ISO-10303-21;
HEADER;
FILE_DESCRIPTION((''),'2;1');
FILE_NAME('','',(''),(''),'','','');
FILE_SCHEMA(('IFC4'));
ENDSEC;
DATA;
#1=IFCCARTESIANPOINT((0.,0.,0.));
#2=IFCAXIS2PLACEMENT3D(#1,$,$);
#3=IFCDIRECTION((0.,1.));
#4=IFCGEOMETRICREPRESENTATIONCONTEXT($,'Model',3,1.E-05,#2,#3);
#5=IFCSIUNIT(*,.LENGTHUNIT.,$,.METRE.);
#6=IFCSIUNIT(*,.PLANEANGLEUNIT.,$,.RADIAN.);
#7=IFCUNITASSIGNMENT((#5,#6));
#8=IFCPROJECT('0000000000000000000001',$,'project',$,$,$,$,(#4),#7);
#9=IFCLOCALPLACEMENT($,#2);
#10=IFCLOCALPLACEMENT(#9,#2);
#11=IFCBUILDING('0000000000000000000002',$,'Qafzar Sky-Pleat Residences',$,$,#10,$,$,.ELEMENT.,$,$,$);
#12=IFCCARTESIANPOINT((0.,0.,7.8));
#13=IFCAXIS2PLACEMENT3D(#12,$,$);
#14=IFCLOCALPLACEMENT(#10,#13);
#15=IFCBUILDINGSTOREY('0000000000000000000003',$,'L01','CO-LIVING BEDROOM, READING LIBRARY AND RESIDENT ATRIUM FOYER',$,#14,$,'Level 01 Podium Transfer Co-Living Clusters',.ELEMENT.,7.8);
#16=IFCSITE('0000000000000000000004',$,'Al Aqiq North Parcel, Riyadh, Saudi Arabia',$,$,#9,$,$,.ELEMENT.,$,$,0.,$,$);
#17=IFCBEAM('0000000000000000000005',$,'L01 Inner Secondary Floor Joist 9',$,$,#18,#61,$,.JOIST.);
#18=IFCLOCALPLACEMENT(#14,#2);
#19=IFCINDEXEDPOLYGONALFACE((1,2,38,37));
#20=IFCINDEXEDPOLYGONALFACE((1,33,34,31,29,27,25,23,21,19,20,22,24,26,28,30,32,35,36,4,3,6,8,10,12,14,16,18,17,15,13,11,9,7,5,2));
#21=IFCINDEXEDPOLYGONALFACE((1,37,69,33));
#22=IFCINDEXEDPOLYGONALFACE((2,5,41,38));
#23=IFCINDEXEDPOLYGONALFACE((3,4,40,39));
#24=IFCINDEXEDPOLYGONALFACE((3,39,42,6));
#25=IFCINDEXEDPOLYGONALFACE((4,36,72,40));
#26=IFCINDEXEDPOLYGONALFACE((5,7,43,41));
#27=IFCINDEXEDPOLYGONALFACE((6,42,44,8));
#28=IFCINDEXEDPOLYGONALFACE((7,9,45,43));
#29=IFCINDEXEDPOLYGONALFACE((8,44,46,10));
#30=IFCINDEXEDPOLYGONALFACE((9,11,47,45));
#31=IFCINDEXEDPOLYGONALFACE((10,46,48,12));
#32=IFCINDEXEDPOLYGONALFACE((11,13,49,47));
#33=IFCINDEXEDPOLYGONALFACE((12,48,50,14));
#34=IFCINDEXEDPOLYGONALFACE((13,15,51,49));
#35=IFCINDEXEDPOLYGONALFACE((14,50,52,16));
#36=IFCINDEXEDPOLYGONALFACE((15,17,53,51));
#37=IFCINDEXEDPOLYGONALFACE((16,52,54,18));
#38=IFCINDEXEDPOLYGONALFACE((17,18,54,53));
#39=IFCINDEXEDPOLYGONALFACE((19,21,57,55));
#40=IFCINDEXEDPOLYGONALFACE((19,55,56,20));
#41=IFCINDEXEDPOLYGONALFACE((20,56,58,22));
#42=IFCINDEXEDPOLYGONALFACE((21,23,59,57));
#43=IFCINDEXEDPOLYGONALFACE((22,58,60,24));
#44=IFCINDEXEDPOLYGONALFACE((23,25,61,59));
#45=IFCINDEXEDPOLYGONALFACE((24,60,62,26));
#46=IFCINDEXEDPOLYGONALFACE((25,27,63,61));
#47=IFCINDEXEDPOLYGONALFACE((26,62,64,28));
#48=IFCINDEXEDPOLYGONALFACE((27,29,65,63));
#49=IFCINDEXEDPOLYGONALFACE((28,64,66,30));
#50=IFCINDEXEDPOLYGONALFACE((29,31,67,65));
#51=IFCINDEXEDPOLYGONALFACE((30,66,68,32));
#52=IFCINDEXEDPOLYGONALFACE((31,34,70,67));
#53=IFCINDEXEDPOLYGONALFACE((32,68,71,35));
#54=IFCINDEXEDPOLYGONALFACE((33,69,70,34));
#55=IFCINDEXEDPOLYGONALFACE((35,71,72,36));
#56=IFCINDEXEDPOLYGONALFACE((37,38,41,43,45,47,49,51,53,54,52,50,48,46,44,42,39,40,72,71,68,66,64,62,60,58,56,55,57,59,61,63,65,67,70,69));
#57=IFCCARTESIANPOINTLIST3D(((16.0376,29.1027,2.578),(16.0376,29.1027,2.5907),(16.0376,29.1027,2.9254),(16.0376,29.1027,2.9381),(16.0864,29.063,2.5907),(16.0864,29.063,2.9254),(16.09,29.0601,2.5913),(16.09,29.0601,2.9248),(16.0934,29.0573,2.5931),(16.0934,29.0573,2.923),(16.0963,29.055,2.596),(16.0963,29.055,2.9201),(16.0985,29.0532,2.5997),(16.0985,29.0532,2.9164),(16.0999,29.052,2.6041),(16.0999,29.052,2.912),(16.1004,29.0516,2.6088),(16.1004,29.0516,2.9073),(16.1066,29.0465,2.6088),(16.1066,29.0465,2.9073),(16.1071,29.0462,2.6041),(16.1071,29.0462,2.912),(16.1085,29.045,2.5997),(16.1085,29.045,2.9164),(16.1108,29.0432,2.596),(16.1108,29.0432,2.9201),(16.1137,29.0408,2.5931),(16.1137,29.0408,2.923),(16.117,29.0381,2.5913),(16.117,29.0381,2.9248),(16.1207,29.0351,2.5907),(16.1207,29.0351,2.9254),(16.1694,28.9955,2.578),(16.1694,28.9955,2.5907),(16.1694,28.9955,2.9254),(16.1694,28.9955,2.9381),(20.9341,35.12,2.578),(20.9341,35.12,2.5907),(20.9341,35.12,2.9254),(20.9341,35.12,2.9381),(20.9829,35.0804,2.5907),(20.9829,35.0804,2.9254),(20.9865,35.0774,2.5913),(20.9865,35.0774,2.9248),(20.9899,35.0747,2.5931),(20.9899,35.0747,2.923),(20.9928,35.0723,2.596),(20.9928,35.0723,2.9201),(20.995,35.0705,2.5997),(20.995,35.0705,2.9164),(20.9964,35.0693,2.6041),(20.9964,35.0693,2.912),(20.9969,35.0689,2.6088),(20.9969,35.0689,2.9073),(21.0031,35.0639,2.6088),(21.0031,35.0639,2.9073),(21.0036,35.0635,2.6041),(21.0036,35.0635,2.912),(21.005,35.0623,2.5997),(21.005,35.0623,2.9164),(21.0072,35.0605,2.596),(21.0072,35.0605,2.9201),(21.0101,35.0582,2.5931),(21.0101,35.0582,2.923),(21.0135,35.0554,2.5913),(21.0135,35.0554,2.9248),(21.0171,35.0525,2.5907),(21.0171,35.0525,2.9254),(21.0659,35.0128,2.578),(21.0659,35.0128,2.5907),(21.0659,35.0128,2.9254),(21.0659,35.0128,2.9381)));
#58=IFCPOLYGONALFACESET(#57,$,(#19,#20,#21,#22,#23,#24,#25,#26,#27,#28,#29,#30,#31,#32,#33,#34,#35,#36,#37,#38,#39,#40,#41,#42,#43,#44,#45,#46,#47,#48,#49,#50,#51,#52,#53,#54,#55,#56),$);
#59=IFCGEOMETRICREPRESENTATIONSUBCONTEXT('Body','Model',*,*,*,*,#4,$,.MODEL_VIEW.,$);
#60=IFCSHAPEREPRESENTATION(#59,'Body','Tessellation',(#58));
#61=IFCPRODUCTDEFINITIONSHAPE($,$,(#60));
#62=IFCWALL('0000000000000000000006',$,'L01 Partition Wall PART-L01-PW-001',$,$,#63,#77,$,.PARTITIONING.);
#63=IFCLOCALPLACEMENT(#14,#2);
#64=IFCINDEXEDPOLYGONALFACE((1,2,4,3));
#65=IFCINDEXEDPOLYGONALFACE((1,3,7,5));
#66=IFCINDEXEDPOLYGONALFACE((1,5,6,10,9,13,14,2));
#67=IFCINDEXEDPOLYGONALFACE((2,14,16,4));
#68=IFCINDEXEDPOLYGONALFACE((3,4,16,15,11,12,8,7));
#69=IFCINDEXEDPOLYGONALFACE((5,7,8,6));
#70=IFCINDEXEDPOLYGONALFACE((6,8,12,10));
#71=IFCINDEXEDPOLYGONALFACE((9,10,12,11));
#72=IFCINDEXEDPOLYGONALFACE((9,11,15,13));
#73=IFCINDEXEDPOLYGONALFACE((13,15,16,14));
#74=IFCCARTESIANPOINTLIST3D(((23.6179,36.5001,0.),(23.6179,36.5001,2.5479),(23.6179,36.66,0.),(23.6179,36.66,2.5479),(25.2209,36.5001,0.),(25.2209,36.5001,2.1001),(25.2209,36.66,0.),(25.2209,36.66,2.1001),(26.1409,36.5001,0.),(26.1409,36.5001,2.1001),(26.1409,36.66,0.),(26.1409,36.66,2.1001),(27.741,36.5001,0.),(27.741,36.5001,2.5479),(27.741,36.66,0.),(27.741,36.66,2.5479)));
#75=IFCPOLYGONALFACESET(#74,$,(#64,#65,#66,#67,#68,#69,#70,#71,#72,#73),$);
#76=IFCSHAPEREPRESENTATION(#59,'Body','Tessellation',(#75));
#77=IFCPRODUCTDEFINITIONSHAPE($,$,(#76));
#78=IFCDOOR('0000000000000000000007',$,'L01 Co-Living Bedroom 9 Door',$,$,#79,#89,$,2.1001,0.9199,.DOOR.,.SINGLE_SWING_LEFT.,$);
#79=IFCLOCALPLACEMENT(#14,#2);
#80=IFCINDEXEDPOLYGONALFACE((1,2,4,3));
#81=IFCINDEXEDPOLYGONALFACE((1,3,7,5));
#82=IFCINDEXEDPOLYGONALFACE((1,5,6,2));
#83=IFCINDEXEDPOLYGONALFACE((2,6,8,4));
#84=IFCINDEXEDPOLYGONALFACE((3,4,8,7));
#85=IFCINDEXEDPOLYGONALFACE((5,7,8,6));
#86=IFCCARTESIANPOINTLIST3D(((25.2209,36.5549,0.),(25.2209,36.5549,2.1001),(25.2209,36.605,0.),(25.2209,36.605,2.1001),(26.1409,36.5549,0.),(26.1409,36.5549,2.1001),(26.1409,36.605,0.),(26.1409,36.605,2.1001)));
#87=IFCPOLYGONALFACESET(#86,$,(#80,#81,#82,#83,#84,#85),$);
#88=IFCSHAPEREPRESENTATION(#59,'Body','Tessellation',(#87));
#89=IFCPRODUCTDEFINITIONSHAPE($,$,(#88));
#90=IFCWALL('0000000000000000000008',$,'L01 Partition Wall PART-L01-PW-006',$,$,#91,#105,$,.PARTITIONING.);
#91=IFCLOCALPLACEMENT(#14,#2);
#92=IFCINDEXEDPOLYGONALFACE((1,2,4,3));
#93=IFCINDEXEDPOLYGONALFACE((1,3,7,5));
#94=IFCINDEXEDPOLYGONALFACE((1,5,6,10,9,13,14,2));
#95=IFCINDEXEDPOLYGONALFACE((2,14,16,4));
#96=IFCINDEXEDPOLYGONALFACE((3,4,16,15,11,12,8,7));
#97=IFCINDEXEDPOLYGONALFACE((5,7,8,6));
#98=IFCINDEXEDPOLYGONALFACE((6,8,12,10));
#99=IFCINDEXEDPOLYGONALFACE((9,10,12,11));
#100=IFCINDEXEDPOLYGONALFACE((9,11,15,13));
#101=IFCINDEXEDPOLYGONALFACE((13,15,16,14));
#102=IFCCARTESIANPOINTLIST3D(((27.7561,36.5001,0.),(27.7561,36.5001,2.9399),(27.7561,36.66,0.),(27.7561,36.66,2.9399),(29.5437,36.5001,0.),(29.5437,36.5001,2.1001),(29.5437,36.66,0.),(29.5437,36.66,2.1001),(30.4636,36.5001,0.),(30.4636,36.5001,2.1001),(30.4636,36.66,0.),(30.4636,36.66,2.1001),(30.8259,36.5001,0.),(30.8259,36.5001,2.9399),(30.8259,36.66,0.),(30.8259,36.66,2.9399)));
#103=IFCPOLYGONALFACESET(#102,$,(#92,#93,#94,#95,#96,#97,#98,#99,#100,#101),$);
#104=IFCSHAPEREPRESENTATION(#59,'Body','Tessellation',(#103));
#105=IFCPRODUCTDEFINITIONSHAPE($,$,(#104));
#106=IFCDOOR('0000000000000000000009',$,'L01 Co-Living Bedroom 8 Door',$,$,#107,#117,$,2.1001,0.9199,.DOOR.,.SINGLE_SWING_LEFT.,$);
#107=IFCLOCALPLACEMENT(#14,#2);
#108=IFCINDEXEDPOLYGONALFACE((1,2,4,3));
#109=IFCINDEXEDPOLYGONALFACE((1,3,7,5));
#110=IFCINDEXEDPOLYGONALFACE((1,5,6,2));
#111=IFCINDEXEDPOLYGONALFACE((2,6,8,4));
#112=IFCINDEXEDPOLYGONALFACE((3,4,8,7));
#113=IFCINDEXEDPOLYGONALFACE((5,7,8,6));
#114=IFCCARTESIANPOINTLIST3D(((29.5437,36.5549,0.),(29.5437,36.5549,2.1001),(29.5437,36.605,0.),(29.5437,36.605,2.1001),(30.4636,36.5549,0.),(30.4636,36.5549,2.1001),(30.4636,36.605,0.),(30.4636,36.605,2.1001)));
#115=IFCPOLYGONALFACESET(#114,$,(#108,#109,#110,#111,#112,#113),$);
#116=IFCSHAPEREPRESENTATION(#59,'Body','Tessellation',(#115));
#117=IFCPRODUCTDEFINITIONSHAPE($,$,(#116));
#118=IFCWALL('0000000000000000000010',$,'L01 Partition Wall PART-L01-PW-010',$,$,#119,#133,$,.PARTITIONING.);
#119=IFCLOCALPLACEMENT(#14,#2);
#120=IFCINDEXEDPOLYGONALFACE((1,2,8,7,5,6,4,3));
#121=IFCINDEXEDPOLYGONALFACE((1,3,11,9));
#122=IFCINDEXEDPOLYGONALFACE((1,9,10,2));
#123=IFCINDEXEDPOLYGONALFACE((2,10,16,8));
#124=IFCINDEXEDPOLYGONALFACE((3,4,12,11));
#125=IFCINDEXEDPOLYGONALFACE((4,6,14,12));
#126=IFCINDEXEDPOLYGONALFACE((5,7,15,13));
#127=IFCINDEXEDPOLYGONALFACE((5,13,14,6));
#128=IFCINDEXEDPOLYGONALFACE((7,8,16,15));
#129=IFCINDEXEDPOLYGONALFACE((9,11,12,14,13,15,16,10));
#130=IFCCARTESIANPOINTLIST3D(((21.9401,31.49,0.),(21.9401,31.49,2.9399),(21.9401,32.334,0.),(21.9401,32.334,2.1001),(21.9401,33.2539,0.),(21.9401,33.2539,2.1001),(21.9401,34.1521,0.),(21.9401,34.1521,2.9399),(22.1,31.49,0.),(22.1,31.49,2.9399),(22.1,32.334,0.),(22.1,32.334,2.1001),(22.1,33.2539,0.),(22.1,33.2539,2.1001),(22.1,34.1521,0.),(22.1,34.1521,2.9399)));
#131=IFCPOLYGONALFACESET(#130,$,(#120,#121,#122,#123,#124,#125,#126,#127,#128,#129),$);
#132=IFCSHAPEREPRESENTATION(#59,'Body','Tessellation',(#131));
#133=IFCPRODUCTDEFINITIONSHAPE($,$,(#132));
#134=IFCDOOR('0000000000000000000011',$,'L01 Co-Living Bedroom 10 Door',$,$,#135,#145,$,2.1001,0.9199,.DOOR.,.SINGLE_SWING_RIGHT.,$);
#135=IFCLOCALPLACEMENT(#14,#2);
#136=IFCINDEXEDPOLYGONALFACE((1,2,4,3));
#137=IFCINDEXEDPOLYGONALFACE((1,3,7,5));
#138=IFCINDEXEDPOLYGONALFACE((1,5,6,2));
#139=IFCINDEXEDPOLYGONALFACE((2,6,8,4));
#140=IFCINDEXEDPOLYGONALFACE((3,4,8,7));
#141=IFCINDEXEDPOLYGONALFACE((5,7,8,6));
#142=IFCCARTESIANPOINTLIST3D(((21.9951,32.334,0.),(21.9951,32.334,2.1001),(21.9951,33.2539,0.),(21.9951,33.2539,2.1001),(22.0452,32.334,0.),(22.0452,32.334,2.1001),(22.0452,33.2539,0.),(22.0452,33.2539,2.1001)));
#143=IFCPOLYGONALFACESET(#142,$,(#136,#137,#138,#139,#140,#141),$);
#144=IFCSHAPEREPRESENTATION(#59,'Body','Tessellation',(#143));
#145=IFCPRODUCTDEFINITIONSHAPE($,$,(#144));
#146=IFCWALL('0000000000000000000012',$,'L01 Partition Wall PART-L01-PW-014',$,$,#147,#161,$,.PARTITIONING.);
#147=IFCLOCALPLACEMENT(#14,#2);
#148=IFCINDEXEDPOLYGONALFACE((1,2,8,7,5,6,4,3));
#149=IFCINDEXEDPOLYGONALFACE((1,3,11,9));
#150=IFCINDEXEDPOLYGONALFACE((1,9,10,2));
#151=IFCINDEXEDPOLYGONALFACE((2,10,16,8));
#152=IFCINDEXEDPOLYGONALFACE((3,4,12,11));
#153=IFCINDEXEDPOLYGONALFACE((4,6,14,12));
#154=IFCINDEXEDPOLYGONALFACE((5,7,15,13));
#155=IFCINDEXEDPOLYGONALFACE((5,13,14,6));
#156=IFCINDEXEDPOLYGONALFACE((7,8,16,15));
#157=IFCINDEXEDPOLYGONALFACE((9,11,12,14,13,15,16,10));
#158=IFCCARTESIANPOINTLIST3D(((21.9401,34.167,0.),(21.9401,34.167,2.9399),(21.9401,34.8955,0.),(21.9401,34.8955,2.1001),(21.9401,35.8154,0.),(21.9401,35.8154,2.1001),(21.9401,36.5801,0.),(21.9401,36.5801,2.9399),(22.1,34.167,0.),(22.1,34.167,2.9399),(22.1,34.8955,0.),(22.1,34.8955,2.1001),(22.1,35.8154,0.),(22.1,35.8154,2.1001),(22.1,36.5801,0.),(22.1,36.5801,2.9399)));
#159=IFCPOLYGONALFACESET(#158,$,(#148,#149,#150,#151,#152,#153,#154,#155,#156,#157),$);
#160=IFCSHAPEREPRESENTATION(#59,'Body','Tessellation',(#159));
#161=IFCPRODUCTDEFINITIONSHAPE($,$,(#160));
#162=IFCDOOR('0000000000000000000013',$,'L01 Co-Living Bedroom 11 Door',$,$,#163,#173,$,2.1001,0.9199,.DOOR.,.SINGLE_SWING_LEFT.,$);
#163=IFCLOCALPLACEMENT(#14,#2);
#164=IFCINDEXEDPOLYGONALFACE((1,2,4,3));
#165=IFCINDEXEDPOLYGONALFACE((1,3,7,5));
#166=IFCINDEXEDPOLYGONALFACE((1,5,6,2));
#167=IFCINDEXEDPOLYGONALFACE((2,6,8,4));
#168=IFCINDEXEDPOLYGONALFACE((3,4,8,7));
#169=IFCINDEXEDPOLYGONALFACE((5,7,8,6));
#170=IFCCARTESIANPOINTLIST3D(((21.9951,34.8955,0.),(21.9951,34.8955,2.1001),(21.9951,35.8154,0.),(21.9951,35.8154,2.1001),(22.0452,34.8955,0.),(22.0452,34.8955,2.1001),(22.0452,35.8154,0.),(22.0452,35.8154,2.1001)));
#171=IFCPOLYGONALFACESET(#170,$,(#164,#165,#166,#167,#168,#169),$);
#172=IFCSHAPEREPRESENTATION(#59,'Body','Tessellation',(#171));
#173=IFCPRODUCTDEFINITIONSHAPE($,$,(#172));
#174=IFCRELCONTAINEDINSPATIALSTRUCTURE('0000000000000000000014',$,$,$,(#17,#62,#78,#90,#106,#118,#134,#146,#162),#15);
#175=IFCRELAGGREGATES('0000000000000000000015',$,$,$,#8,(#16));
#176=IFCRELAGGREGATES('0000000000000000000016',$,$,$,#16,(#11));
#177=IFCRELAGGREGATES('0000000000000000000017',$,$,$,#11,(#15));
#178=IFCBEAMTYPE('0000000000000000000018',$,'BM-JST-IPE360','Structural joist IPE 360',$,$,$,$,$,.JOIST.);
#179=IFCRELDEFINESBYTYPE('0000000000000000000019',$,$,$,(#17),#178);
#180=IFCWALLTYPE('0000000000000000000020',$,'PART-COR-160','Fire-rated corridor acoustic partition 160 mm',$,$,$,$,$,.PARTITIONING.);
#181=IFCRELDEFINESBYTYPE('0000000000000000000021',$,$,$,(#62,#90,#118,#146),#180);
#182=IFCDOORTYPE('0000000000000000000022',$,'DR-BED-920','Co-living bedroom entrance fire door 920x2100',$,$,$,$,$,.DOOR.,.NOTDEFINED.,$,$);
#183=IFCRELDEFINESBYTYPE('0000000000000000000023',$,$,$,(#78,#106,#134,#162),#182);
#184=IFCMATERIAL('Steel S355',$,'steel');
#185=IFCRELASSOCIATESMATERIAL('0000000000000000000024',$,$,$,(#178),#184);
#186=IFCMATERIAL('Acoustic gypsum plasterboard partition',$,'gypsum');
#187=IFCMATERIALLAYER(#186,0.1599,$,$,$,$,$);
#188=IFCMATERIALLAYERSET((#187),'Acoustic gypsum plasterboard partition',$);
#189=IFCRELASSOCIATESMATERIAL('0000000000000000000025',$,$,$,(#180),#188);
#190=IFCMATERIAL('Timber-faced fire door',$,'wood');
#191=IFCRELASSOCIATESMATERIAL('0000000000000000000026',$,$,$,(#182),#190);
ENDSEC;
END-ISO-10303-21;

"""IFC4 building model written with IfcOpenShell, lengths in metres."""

from ifc_helpers import new_model, si_unit, direction, frame, frame_2d, origin, origin_2d, place, context, subcontext, project, spatial, rectangle, i_section, extrude, source, transform, mapped, material, layer, layer_set, material_profile, profile_set, type_object, element, fill, save


model = new_model("IFC4")

# Units and contexts
model_context = context("Model", 3, precision=1e-05, world=origin(), true_north=direction((0.0, 1.0)))
body_context = subcontext(model_context, "Body", "Model", "MODEL_VIEW")
ifc_project = project(units=[si_unit("LENGTHUNIT", "METRE"), si_unit("PLANEANGLEUNIT", "RADIAN")], contexts=[model_context])

# Site, building, storey
site_placement = place(None, origin())
site = spatial("IfcSite", under=ifc_project, at=site_placement, Name="Al Aqiq North Parcel, Riyadh, Saudi Arabia", CompositionType="ELEMENT", RefElevation=0.0)
building_placement = place(site_placement, origin())
building = spatial("IfcBuilding", under=site, at=building_placement, Name="Qafzar Sky-Pleat Residences", CompositionType="ELEMENT")
storey_placement = place(building_placement, frame((0.0, 0.0, 7.8)))
storey = spatial("IfcBuildingStorey", under=building, at=storey_placement, Name="L01", Description="CO-LIVING BEDROOM, READING LIBRARY AND RESIDENT ATRIUM FOYER", LongName="Level 01 Podium Transfer Co-Living Clusters", CompositionType="ELEMENT", Elevation=7.8)

# Beam
ifc_material_1 = material(Name="Steel S355", Category="steel")
ifc_material_profile = material_profile(ifc_material_1, i_section(OverallWidth=0.1699, OverallDepth=0.3601, WebThickness=0.0081, FlangeThickness=0.0127, FilletRadius=0.0181, at=origin_2d()), Name="IPE 360")
ifc_profile_set = profile_set([ifc_material_profile], Name="Steel S355")
beam_type = type_object("IfcBeamType", Name="BM-JST-IPE360", Description="Structural joist IPE 360", PredefinedType="JOIST", material=ifc_profile_set)
shared_shape_1 = source(origin(), body_context, "Body", "SweptSolid", [
    extrude(i_section(OverallWidth=0.1699, OverallDepth=0.3601, WebThickness=0.0081, FlangeThickness=0.0127, FilletRadius=0.0181, at=origin_2d()), origin(), (0.0, 0.0, 1.0), 7.7578),
])
beam_placement = place(storey_placement, frame((21.0, 35.0664, 2.7581), z_axis=(-0.631167, -0.775647, 0.0), x_axis=(0.775647, -0.631167, 0.0)))
element("IfcBeam", 1, at=beam_placement, inside=storey, type_object=beam_type, Name="L01 Inner Secondary Floor Joist 9", PredefinedType="JOIST", context=body_context, shape_type="MappedRepresentation", body=[
    mapped(shared_shape_1, transform((0.0, 0.0, 0.0), x_axis=(1.0, 0.0, 0.0), y_axis=(0.0, 1.0, 0.0), z_axis=(0.0, 0.0, 1.0), scale=1.0)),
])

# Walls, openings, doors
ifc_material_2 = material(Name="Acoustic gypsum plasterboard partition", Category="gypsum")
ifc_layer_1 = layer(ifc_material_2, 0.1599)
ifc_layer_set_1 = layer_set([ifc_layer_1], Name="Acoustic gypsum plasterboard partition")
wall_type_1 = type_object("IfcWallType", Name="PART-COR-160", Description="Fire-rated corridor acoustic partition 160 mm", PredefinedType="PARTITIONING", material=ifc_layer_set_1)
wall_1_placement = place(storey_placement, frame((23.6179, 36.5801, 0.0), z_axis=(0.0, 0.0, 1.0), x_axis=(1.0, 0.0, 0.0)))
wall_1 = element("IfcWall", 2, at=wall_1_placement, inside=storey, type_object=wall_type_1, Name="L01 Partition Wall PART-L01-PW-001", PredefinedType="PARTITIONING", context=body_context, shape_type="SweptSolid", body=[
    extrude(rectangle(XDim=4.123, YDim=0.1599, at=frame_2d((2.0615, 0.0))), origin(), (0.0, 0.0, 1.0), 2.5479),
])
opening_1_placement = place(wall_1_placement, frame((1.603, 0.0, 0.0)))
opening_1 = element("IfcOpeningElement", 3, at=opening_1_placement, cuts=wall_1, PredefinedType="OPENING", context=body_context, shape_type="SweptSolid", body=[
    extrude(rectangle(XDim=0.9199, YDim=2.1001, at=frame_2d((0.46, 1.05))), frame((0.0, 0.0898, 0.0), z_axis=(0.0, -1.0, 0.0), x_axis=(1.0, 0.0, 0.0)), (0.0, 0.0, 1.0), 0.1799),
])
ifc_material_3 = material(Name="Timber-faced fire door", Category="wood")
door_type_1 = type_object("IfcDoorType", Name="DR-BED-920", Description="Co-living bedroom entrance fire door 920x2100", OperationType="NOTDEFINED", PredefinedType="DOOR", material=ifc_material_3)
shared_shape_2 = source(origin(), body_context, "Body", "SweptSolid", [
    extrude(rectangle(XDim=0.9199, YDim=2.1001, at=frame_2d((0.46, 1.05))), frame((0.0, 0.0249, 0.0), z_axis=(0.0, -1.0, 0.0), x_axis=(1.0, 0.0, 0.0)), (0.0, 0.0, 1.0), 0.05),
])
door_1_placement = place(opening_1_placement, origin())
door_1 = element("IfcDoor", 4, at=door_1_placement, inside=storey, type_object=door_type_1, Name="L01 Co-Living Bedroom 9 Door", OperationType="SINGLE_SWING_LEFT", OverallHeight=2.1001, OverallWidth=0.9199, PredefinedType="DOOR", context=body_context, shape_type="MappedRepresentation", body=[
    mapped(shared_shape_2, transform((0.0, 0.0, 0.0), x_axis=(1.0, 0.0, 0.0), y_axis=(0.0, 1.0, 0.0), z_axis=(0.0, 0.0, 1.0), scale=1.0)),
])
fill(opening_1, door_1)
wall_2_placement = place(storey_placement, frame((27.7561, 36.5801, 0.0), z_axis=(0.0, 0.0, 1.0), x_axis=(1.0, 0.0, 0.0)))
wall_2 = element("IfcWall", 5, at=wall_2_placement, inside=storey, type_object=wall_type_1, Name="L01 Partition Wall PART-L01-PW-006", PredefinedType="PARTITIONING", context=body_context, shape_type="SweptSolid", body=[
    extrude(rectangle(XDim=3.0698, YDim=0.1599, at=frame_2d((1.5349, 0.0))), origin(), (0.0, 0.0, 1.0), 2.9399),
])
opening_2_placement = place(wall_2_placement, frame((1.7876, 0.0, 0.0)))
opening_2 = element("IfcOpeningElement", 6, at=opening_2_placement, cuts=wall_2, PredefinedType="OPENING", context=body_context, shape_type="SweptSolid", body=[
    extrude(rectangle(XDim=0.9199, YDim=2.1001, at=frame_2d((0.46, 1.05))), frame((0.0, 0.0898, 0.0), z_axis=(0.0, -1.0, 0.0), x_axis=(1.0, 0.0, 0.0)), (0.0, 0.0, 1.0), 0.1799),
])
door_2_placement = place(opening_2_placement, origin())
door_2 = element("IfcDoor", 7, at=door_2_placement, inside=storey, type_object=door_type_1, Name="L01 Co-Living Bedroom 8 Door", OperationType="SINGLE_SWING_LEFT", OverallHeight=2.1001, OverallWidth=0.9199, PredefinedType="DOOR", context=body_context, shape_type="MappedRepresentation", body=[
    mapped(shared_shape_2, transform((0.0, 0.0, 0.0), x_axis=(1.0, 0.0, 0.0), y_axis=(0.0, 1.0, 0.0), z_axis=(0.0, 0.0, 1.0), scale=1.0)),
])
fill(opening_2, door_2)
wall_3_placement = place(storey_placement, frame((22.02, 31.49, 0.0), z_axis=(0.0, 0.0, 1.0), x_axis=(0.0, 1.0, 0.0)))
wall_3 = element("IfcWall", 8, at=wall_3_placement, inside=storey, type_object=wall_type_1, Name="L01 Partition Wall PART-L01-PW-010", PredefinedType="PARTITIONING", context=body_context, shape_type="SweptSolid", body=[
    extrude(rectangle(XDim=2.6621, YDim=0.1599, at=frame_2d((1.3311, 0.0))), origin(), (0.0, 0.0, 1.0), 2.9399),
])
opening_3_placement = place(wall_3_placement, frame((0.844, 0.0, 0.0)))
opening_3 = element("IfcOpeningElement", 9, at=opening_3_placement, cuts=wall_3, PredefinedType="OPENING", context=body_context, shape_type="SweptSolid", body=[
    extrude(rectangle(XDim=0.9199, YDim=2.1001, at=frame_2d((0.46, 1.05))), frame((0.0, 0.0898, 0.0), z_axis=(0.0, -1.0, 0.0), x_axis=(1.0, 0.0, 0.0)), (0.0, 0.0, 1.0), 0.1799),
])
door_3_placement = place(opening_3_placement, origin())
door_3 = element("IfcDoor", 10, at=door_3_placement, inside=storey, type_object=door_type_1, Name="L01 Co-Living Bedroom 10 Door", OperationType="SINGLE_SWING_RIGHT", OverallHeight=2.1001, OverallWidth=0.9199, PredefinedType="DOOR", context=body_context, shape_type="MappedRepresentation", body=[
    mapped(shared_shape_2, transform((0.0, 0.0, 0.0), x_axis=(1.0, 0.0, 0.0), y_axis=(0.0, 1.0, 0.0), z_axis=(0.0, 0.0, 1.0), scale=1.0)),
])
fill(opening_3, door_3)
wall_4_placement = place(storey_placement, frame((22.02, 34.167, 0.0), z_axis=(0.0, 0.0, 1.0), x_axis=(0.0, 1.0, 0.0)))
wall_4 = element("IfcWall", 11, at=wall_4_placement, inside=storey, type_object=wall_type_1, Name="L01 Partition Wall PART-L01-PW-014", PredefinedType="PARTITIONING", context=body_context, shape_type="SweptSolid", body=[
    extrude(rectangle(XDim=2.4131, YDim=0.1599, at=frame_2d((1.2065, 0.0))), origin(), (0.0, 0.0, 1.0), 2.9399),
])
opening_4_placement = place(wall_4_placement, frame((0.7285, 0.0, 0.0)))
opening_4 = element("IfcOpeningElement", 12, at=opening_4_placement, cuts=wall_4, PredefinedType="OPENING", context=body_context, shape_type="SweptSolid", body=[
    extrude(rectangle(XDim=0.9199, YDim=2.1001, at=frame_2d((0.46, 1.05))), frame((0.0, 0.0898, 0.0), z_axis=(0.0, -1.0, 0.0), x_axis=(1.0, 0.0, 0.0)), (0.0, 0.0, 1.0), 0.1799),
])
door_4_placement = place(opening_4_placement, origin())
door_4 = element("IfcDoor", 13, at=door_4_placement, inside=storey, type_object=door_type_1, Name="L01 Co-Living Bedroom 11 Door", OperationType="SINGLE_SWING_LEFT", OverallHeight=2.1001, OverallWidth=0.9199, PredefinedType="DOOR", context=body_context, shape_type="MappedRepresentation", body=[
    mapped(shared_shape_2, transform((0.0, 0.0, 0.0), x_axis=(1.0, 0.0, 0.0), y_axis=(0.0, 1.0, 0.0), z_axis=(0.0, 0.0, 1.0), scale=1.0)),
])
fill(opening_4, door_4)

save(model, "model.ifc")
